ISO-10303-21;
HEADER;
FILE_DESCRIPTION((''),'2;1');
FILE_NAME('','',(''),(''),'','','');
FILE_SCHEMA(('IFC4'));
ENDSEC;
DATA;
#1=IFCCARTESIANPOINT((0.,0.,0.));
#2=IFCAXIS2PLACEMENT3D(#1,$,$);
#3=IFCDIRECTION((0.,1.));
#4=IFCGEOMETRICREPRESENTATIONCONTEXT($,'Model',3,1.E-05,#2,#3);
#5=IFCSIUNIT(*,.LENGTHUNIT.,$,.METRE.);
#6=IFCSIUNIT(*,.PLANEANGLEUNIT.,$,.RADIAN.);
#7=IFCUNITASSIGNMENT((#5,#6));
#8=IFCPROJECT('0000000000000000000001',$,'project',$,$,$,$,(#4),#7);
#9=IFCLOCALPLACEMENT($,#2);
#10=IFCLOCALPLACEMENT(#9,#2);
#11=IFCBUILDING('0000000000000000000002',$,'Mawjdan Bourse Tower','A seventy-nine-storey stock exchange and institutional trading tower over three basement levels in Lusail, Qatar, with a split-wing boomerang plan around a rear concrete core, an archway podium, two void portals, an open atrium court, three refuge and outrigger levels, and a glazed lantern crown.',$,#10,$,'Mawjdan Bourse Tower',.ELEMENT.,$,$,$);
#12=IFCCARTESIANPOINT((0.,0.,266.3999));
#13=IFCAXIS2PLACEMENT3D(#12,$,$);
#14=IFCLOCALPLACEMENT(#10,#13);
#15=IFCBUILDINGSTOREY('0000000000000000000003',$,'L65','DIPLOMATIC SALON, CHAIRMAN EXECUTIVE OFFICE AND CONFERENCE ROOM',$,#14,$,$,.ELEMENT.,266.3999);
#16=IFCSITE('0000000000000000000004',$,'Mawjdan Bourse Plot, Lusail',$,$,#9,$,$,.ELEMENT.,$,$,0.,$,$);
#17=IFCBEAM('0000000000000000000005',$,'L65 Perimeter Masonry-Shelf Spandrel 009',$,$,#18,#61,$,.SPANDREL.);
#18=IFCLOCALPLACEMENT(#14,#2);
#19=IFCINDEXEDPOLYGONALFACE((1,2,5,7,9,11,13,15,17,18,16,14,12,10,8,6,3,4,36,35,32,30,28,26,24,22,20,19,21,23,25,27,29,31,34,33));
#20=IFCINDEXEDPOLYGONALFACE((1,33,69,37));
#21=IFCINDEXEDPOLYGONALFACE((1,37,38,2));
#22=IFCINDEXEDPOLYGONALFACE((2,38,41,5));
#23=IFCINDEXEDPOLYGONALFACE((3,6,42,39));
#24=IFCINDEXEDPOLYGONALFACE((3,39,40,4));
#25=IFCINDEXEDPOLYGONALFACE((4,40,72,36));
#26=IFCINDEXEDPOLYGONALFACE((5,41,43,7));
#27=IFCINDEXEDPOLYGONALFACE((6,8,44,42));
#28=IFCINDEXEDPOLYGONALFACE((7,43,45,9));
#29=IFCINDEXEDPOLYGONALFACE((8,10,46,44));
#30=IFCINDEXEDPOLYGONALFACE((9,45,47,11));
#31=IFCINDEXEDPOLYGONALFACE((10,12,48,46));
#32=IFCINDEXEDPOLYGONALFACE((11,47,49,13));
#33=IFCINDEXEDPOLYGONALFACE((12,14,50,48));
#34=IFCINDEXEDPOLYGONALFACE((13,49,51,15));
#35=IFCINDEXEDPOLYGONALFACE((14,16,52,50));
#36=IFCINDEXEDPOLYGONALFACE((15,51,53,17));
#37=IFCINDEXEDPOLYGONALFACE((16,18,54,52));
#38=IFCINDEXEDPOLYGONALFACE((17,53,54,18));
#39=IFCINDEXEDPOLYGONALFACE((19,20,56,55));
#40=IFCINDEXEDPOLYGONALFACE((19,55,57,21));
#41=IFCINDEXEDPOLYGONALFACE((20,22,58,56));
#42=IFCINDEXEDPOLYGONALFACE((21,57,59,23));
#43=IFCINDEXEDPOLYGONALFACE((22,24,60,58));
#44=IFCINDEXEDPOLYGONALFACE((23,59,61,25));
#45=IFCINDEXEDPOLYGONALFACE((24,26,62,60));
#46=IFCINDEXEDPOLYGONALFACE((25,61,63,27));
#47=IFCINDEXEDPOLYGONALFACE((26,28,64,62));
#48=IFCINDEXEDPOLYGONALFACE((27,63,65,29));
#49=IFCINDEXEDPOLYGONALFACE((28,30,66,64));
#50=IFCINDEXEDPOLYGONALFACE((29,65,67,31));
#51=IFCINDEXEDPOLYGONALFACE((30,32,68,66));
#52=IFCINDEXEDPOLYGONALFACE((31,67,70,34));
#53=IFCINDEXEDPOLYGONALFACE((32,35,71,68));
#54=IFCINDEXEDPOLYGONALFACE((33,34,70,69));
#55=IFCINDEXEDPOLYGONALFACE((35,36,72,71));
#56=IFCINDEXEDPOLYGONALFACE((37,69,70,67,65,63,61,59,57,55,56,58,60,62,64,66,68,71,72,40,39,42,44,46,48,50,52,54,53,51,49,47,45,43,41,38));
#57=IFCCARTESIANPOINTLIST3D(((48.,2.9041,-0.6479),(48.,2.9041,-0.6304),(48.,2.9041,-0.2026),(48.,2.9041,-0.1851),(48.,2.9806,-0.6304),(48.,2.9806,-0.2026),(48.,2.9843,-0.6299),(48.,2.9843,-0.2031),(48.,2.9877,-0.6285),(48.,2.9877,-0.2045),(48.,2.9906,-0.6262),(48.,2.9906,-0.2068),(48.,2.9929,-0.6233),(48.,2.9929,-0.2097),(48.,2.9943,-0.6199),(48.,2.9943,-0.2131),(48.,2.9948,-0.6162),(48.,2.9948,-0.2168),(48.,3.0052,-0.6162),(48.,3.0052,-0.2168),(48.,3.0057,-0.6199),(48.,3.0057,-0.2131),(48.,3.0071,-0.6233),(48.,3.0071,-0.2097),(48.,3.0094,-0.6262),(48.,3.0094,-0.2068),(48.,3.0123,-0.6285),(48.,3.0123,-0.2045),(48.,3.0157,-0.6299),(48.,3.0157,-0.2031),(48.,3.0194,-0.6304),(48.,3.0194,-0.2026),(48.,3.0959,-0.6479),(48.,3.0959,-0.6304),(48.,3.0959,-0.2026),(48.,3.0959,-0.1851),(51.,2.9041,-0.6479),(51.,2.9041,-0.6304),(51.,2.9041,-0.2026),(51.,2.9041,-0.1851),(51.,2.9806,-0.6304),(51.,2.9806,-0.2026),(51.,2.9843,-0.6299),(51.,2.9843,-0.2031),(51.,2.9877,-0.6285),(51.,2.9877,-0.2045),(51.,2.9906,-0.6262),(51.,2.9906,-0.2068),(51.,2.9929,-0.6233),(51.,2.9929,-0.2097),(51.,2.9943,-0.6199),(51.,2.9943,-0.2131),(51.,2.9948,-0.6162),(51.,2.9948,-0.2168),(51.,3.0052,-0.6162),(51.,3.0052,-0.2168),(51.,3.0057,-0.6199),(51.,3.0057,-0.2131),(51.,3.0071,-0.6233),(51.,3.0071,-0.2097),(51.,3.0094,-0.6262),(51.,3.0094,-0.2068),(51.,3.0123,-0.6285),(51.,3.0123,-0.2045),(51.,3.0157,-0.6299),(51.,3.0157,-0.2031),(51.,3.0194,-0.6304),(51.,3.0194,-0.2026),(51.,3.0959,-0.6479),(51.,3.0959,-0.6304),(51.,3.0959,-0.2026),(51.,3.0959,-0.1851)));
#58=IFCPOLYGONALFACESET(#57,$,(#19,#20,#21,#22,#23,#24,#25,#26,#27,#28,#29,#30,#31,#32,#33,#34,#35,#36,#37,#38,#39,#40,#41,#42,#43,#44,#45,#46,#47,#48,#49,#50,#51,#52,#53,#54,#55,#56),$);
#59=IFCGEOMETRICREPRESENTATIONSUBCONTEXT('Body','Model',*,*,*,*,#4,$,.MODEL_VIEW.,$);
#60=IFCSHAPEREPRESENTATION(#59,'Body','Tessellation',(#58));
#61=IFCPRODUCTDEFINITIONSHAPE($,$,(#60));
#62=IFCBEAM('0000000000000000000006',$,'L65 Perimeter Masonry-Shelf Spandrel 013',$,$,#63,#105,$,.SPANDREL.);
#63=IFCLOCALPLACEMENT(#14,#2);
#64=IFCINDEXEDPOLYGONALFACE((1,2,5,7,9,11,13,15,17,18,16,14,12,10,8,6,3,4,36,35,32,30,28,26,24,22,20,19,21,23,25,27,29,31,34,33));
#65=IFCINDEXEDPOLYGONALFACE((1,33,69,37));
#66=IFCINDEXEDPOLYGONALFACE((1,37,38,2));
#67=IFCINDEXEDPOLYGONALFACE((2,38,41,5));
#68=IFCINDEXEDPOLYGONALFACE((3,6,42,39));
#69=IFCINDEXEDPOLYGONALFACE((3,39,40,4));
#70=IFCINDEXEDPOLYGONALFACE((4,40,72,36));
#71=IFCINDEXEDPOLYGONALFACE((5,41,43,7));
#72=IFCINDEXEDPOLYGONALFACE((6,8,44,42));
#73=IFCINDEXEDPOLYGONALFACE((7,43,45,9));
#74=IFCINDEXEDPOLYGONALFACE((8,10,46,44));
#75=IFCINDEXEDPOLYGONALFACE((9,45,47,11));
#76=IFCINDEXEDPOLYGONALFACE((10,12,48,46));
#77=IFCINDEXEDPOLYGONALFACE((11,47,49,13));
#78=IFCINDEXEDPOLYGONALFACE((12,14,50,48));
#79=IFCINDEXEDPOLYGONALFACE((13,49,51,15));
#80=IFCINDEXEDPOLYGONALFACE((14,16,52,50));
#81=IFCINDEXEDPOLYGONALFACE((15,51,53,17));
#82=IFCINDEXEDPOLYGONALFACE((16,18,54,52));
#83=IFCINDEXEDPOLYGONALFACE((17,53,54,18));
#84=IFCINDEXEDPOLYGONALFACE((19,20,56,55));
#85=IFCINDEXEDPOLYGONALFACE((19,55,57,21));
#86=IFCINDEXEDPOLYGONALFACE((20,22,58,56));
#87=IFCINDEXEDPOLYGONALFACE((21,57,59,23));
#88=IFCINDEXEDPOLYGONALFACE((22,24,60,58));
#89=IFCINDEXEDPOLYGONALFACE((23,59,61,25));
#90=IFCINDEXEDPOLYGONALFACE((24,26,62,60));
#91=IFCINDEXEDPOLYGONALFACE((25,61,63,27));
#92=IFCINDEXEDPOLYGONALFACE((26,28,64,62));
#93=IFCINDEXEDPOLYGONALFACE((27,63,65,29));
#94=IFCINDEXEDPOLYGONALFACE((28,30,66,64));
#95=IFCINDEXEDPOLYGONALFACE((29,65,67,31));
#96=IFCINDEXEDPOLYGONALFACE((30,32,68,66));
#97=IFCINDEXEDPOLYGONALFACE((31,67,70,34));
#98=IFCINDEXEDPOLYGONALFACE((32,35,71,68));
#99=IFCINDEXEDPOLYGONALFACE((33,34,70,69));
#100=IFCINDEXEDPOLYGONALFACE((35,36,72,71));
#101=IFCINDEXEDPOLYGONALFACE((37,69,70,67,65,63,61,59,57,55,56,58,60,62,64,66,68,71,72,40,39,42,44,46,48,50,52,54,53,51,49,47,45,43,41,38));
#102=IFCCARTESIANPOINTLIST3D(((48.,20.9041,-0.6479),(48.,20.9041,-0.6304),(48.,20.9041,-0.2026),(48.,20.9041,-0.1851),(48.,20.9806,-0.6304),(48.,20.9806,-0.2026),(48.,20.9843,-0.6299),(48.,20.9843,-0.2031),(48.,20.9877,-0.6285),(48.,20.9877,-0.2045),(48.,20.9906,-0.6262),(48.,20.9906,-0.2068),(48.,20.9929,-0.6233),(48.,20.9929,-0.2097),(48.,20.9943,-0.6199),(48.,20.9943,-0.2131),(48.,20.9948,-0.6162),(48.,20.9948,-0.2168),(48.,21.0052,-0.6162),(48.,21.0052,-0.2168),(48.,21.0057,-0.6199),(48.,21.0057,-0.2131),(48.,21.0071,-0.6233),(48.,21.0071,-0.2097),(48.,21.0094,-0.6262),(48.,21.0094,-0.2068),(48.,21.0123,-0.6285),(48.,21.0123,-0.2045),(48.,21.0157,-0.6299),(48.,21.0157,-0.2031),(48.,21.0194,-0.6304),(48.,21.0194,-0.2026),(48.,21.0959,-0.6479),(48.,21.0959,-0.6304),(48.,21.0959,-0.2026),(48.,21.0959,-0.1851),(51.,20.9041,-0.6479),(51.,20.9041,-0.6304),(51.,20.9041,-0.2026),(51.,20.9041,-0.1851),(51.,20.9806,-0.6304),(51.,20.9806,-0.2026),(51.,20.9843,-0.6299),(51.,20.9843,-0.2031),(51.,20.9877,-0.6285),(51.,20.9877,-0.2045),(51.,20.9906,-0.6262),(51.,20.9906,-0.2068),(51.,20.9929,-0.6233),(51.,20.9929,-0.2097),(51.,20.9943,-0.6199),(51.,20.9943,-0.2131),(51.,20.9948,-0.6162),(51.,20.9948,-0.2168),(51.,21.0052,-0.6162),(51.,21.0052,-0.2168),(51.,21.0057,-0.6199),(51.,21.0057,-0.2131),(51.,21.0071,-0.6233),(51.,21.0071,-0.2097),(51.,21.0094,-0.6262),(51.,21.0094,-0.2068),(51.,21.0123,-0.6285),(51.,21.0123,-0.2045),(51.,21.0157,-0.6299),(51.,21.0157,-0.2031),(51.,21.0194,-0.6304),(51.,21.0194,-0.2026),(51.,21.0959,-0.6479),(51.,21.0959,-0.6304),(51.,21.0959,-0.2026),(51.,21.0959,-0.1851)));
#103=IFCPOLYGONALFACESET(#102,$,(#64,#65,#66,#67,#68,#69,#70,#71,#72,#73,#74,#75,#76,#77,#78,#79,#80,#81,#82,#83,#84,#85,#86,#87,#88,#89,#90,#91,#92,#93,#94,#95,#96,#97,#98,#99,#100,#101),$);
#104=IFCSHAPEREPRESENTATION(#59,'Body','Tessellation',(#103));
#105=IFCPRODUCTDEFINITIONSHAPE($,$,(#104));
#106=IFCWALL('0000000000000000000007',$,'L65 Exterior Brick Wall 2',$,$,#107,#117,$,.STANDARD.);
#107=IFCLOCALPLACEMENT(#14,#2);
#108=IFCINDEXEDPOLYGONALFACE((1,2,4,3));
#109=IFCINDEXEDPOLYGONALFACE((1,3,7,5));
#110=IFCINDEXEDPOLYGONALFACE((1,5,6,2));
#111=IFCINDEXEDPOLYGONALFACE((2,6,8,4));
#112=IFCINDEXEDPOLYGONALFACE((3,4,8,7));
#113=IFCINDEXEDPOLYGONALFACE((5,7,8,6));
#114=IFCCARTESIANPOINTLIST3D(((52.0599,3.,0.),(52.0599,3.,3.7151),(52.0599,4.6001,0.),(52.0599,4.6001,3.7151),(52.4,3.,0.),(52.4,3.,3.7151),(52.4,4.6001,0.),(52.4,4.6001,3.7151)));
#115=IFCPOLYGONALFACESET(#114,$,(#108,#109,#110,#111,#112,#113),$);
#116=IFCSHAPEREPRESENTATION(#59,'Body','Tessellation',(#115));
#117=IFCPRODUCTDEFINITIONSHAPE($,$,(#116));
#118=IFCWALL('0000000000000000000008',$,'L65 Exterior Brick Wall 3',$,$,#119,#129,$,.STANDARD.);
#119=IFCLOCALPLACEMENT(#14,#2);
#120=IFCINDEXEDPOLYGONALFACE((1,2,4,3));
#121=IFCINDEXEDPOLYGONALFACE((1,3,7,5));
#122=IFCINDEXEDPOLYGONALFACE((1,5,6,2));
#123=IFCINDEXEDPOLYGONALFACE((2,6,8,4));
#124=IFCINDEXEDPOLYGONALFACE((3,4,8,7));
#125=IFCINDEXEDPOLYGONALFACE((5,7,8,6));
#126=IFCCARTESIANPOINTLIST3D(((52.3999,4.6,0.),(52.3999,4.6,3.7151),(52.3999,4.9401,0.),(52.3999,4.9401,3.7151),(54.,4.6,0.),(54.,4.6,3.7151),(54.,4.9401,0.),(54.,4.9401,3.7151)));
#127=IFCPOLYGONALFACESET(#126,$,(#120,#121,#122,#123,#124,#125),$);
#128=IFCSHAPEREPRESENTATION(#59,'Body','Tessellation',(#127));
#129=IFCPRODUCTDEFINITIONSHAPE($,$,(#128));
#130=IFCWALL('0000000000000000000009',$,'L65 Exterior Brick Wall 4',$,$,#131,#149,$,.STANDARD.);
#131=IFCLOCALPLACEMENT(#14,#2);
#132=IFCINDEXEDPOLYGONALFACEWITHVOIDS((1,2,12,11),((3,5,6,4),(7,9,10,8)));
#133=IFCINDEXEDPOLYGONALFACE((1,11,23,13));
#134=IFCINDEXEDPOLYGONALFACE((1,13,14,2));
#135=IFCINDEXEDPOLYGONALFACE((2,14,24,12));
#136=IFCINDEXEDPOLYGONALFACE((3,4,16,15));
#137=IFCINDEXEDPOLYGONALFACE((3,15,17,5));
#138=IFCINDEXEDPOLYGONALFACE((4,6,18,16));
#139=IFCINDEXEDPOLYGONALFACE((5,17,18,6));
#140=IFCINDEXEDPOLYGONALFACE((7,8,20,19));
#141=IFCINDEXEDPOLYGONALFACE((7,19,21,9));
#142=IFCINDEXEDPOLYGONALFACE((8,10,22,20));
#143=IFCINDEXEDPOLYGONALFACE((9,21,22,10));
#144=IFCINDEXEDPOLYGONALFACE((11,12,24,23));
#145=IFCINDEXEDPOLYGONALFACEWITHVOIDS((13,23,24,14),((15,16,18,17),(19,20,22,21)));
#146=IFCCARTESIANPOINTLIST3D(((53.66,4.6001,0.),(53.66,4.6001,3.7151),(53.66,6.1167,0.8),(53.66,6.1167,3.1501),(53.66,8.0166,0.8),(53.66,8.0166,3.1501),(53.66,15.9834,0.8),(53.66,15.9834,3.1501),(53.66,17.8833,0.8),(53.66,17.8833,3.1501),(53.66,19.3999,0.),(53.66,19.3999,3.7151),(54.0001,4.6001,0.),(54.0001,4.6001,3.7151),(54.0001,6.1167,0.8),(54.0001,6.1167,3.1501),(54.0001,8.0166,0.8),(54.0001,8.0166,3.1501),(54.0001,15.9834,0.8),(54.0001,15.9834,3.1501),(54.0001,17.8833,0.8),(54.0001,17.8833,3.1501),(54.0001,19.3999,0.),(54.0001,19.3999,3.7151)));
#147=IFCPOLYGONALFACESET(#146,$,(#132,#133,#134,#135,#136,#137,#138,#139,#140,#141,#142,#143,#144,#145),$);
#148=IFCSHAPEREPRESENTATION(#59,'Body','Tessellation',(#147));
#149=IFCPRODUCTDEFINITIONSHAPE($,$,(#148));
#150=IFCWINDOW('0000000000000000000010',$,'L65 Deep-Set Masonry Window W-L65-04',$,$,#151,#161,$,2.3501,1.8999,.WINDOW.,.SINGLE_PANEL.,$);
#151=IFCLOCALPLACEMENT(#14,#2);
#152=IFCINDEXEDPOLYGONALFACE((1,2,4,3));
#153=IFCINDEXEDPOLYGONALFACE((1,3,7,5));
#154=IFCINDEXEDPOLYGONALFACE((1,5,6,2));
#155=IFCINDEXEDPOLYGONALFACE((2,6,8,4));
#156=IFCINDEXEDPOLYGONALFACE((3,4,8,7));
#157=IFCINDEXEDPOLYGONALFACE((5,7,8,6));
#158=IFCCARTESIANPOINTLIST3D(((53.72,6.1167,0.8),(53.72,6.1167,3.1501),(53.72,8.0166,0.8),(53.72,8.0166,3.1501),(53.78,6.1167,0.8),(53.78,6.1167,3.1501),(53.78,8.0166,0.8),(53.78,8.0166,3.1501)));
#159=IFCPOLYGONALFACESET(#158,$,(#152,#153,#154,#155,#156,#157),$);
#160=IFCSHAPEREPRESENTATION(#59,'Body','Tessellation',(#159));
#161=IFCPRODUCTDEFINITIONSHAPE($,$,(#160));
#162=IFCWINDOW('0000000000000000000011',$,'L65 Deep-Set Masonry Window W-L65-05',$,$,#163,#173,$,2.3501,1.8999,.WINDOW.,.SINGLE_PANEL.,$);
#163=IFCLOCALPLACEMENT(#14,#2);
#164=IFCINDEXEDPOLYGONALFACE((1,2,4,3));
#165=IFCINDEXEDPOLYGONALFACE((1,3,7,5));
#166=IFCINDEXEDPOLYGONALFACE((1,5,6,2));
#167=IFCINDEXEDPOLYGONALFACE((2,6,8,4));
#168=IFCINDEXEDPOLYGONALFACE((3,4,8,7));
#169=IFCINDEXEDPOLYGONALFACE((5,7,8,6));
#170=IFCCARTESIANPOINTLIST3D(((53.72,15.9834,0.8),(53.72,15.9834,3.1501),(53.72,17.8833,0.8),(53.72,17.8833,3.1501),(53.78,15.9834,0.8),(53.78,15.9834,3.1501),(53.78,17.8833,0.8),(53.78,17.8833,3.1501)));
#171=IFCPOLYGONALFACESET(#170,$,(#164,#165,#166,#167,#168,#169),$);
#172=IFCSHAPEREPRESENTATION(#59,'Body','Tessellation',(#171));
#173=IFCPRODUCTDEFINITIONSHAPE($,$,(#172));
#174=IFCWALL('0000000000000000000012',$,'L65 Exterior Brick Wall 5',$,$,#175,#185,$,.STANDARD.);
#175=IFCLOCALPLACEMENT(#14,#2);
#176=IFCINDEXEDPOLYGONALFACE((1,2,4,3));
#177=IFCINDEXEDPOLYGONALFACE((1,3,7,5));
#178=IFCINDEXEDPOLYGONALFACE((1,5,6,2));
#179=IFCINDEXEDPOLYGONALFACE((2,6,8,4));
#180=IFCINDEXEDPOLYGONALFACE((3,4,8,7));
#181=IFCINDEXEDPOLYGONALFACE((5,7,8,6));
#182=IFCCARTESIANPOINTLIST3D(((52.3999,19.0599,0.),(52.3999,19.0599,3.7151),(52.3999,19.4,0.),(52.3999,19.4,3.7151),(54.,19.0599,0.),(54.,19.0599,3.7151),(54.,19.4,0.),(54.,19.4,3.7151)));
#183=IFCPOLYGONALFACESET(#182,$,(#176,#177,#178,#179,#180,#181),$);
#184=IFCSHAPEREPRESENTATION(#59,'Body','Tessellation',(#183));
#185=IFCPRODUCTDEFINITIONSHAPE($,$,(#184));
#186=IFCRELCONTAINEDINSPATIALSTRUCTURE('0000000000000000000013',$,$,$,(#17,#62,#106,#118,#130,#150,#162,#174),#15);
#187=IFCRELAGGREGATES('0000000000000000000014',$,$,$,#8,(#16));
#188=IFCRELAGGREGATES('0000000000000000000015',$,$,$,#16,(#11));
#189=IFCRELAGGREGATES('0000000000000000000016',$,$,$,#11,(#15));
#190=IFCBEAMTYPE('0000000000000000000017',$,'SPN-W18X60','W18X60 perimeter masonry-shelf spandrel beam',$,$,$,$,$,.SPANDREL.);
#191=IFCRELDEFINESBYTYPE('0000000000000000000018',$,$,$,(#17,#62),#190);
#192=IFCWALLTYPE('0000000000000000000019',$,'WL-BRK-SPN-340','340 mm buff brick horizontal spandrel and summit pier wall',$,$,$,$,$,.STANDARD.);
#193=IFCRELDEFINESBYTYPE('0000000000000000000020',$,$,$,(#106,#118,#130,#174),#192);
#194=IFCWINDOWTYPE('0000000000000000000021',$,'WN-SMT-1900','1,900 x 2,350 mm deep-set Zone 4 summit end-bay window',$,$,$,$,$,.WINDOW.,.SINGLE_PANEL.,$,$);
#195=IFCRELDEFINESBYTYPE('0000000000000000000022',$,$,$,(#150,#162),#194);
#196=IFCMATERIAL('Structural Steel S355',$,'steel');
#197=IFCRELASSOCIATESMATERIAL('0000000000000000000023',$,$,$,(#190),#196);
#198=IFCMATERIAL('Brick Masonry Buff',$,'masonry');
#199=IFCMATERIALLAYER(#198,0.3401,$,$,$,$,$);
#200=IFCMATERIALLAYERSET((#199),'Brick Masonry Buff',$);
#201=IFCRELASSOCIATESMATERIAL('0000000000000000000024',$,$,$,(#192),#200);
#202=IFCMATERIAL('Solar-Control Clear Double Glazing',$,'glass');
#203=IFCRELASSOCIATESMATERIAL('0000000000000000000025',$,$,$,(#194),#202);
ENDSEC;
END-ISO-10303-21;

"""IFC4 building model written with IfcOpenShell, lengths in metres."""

from ifc_helpers import new_model, si_unit, direction, frame, frame_2d, origin, origin_2d, place, context, subcontext, project, spatial, rectangle, i_section, extrude, material, layer, layer_set, material_profile, profile_set, type_object, element, fill, save


model = new_model("IFC4")

# Units and contexts
model_context = context("Model", 3, precision=1e-05, world=origin(), true_north=direction((0.0, 1.0)))
body_context = subcontext(model_context, "Body", "Model", "MODEL_VIEW")
ifc_project = project(units=[si_unit("LENGTHUNIT", "METRE"), si_unit("PLANEANGLEUNIT", "RADIAN")], contexts=[model_context])

# Site, building, storey
site_placement = place(None, origin())
site = spatial("IfcSite", under=ifc_project, at=site_placement, Name="Mawjdan Bourse Plot, Lusail", CompositionType="ELEMENT", RefElevation=0.0)
building_placement = place(site_placement, origin())
building = spatial("IfcBuilding", under=site, at=building_placement, Name="Mawjdan Bourse Tower", Description="A seventy-nine-storey stock exchange and institutional trading tower over three basement levels in Lusail, Qatar, with a split-wing boomerang plan around a rear concrete core, an archway podium, two void portals, an open atrium court, three refuge and outrigger levels, and a glazed lantern crown.", LongName="Mawjdan Bourse Tower", CompositionType="ELEMENT")
storey_placement = place(building_placement, frame((0.0, 0.0, 266.3999)))
storey = spatial("IfcBuildingStorey", under=building, at=storey_placement, Name="L65", Description="DIPLOMATIC SALON, CHAIRMAN EXECUTIVE OFFICE AND CONFERENCE ROOM", CompositionType="ELEMENT", Elevation=266.3999)

# Beams
ifc_material_1 = material(Name="Structural Steel S355", Category="steel")
ifc_material_profile_1 = material_profile(ifc_material_1, i_section(OverallWidth=0.1919, OverallDepth=0.4629, WebThickness=0.0105, FlangeThickness=0.0176, FilletRadius=0.0142, at=origin_2d()), Name="W18X60")
ifc_profile_set_1 = profile_set([ifc_material_profile_1], Name="Structural Steel S355")
beam_type_1 = type_object("IfcBeamType", Name="SPN-W18X60", Description="W18X60 perimeter masonry-shelf spandrel beam", PredefinedType="SPANDREL", material=ifc_profile_set_1)
for number, where, z_axis, x_axis, name in (
    (1, (48.0, 3.0, -0.4165), (1.0, 0.0, 0.0), (0.0, 1.0, 0.0), "L65 Perimeter Masonry-Shelf Spandrel 009"),
    (2, (48.0, 21.0, -0.4165), (1.0, 0.0, 0.0), (0.0, 1.0, 0.0), "L65 Perimeter Masonry-Shelf Spandrel 013"),
):
    element("IfcBeam", number, at=place(storey_placement, frame(where, z_axis=z_axis, x_axis=x_axis)), inside=storey, type_object=beam_type_1, Name=name, PredefinedType="SPANDREL", context=body_context, shape_type="SweptSolid", body=[
        extrude(i_section(OverallWidth=0.1919, OverallDepth=0.4629, WebThickness=0.0105, FlangeThickness=0.0176, FilletRadius=0.0142, at=origin_2d()), origin(), (0.0, 0.0, 1.0), 3.0),
    ])

# Walls
ifc_material_2 = material(Name="Brick Masonry Buff", Category="masonry")
ifc_layer = layer(ifc_material_2, 0.3401)
ifc_layer_set = layer_set([ifc_layer], Name="Brick Masonry Buff")
wall_type = type_object("IfcWallType", Name="WL-BRK-SPN-340", Description="340 mm buff brick horizontal spandrel and summit pier wall", PredefinedType="STANDARD", material=ifc_layer_set)
for number, where, z_axis, x_axis, name in (
    (3, (52.23, 3.0, 0.0), (0.0, 0.0, 1.0), (0.0, 1.0, 0.0), "L65 Exterior Brick Wall 2"),
    (4, (52.3999, 4.77, 0.0), (0.0, 0.0, 1.0), (1.0, 0.0, 0.0), "L65 Exterior Brick Wall 3"),
):
    element("IfcWall", number, at=place(storey_placement, frame(where, z_axis=z_axis, x_axis=x_axis)), inside=storey, type_object=wall_type, Name=name, PredefinedType="STANDARD", context=body_context, shape_type="SweptSolid", body=[
        extrude(rectangle(XDim=1.6001, YDim=0.3401, at=frame_2d((0.8, 0.0))), origin(), (0.0, 0.0, 1.0), 3.7151),
    ])

# Wall, openings, windows
wall_1_placement = place(storey_placement, frame((53.8301, 4.6001, 0.0), z_axis=(0.0, 0.0, 1.0), x_axis=(0.0, 1.0, 0.0)))
wall_1 = element("IfcWall", 5, at=wall_1_placement, inside=storey, type_object=wall_type, Name="L65 Exterior Brick Wall 4", PredefinedType="STANDARD", context=body_context, shape_type="SweptSolid", body=[
    extrude(rectangle(XDim=14.7998, YDim=0.3401, at=frame_2d((7.3999, 0.0))), origin(), (0.0, 0.0, 1.0), 3.7151),
])
opening_1_placement = place(wall_1_placement, frame((1.5166, 0.0, 0.8)))
opening_1 = element("IfcOpeningElement", 6, at=opening_1_placement, cuts=wall_1, PredefinedType="OPENING", context=body_context, shape_type="SweptSolid", body=[
    extrude(rectangle(XDim=1.8999, YDim=2.3501, at=frame_2d((0.95, 1.175))), frame((0.0, 0.1802, 0.0), z_axis=(0.0, -1.0, 0.0), x_axis=(1.0, 0.0, 0.0)), (0.0, 0.0, 1.0), 0.3601),
])
opening_2_placement = place(wall_1_placement, frame((11.3833, 0.0, 0.8)))
opening_2 = element("IfcOpeningElement", 7, at=opening_2_placement, cuts=wall_1, PredefinedType="OPENING", context=body_context, shape_type="SweptSolid", body=[
    extrude(rectangle(XDim=1.8999, YDim=2.3501, at=frame_2d((0.95, 1.175))), frame((0.0, 0.1802, 0.0), z_axis=(0.0, -1.0, 0.0), x_axis=(1.0, 0.0, 0.0)), (0.0, 0.0, 1.0), 0.3601),
])
ifc_material_3 = material(Name="Solar-Control Clear Double Glazing", Category="glass")
window_type_1 = type_object("IfcWindowType", Name="WN-SMT-1900", Description="1,900 x 2,350 mm deep-set Zone 4 summit end-bay window", PartitioningType="SINGLE_PANEL", PredefinedType="WINDOW", material=ifc_material_3)
window_1_placement = place(opening_1_placement, origin())
window_1 = element("IfcWindow", 8, at=window_1_placement, inside=storey, type_object=window_type_1, Name="L65 Deep-Set Masonry Window W-L65-04", OverallHeight=2.3501, OverallWidth=1.8999, PartitioningType="SINGLE_PANEL", PredefinedType="WINDOW", context=body_context, shape_type="SweptSolid", body=[
    extrude(rectangle(XDim=1.8999, YDim=2.3501, at=frame_2d((0.95, 1.175))), frame((0.0, 0.1101, 0.0), z_axis=(0.0, -1.0, 0.0), x_axis=(1.0, 0.0, 0.0)), (0.0, 0.0, 1.0), 0.0601),
])
fill(opening_1, window_1)
window_2_placement = place(opening_2_placement, origin())
window_2 = element("IfcWindow", 9, at=window_2_placement, inside=storey, type_object=window_type_1, Name="L65 Deep-Set Masonry Window W-L65-05", OverallHeight=2.3501, OverallWidth=1.8999, PartitioningType="SINGLE_PANEL", PredefinedType="WINDOW", context=body_context, shape_type="SweptSolid", body=[
    extrude(rectangle(XDim=1.8999, YDim=2.3501, at=frame_2d((0.95, 1.175))), frame((0.0, 0.1101, 0.0), z_axis=(0.0, -1.0, 0.0), x_axis=(1.0, 0.0, 0.0)), (0.0, 0.0, 1.0), 0.0601),
])
fill(opening_2, window_2)

# Wall
for number, where, z_axis, x_axis, name in (
    (10, (54.0, 19.23, 0.0), (0.0, 0.0, 1.0), (-1.0, 0.0, 0.0), "L65 Exterior Brick Wall 5"),
):
    element("IfcWall", number, at=place(storey_placement, frame(where, z_axis=z_axis, x_axis=x_axis)), inside=storey, type_object=wall_type, Name=name, PredefinedType="STANDARD", context=body_context, shape_type="SweptSolid", body=[
        extrude(rectangle(XDim=1.6001, YDim=0.3401, at=frame_2d((0.8, 0.0))), origin(), (0.0, 0.0, 1.0), 3.7151),
    ])

save(model, "model.ifc")
